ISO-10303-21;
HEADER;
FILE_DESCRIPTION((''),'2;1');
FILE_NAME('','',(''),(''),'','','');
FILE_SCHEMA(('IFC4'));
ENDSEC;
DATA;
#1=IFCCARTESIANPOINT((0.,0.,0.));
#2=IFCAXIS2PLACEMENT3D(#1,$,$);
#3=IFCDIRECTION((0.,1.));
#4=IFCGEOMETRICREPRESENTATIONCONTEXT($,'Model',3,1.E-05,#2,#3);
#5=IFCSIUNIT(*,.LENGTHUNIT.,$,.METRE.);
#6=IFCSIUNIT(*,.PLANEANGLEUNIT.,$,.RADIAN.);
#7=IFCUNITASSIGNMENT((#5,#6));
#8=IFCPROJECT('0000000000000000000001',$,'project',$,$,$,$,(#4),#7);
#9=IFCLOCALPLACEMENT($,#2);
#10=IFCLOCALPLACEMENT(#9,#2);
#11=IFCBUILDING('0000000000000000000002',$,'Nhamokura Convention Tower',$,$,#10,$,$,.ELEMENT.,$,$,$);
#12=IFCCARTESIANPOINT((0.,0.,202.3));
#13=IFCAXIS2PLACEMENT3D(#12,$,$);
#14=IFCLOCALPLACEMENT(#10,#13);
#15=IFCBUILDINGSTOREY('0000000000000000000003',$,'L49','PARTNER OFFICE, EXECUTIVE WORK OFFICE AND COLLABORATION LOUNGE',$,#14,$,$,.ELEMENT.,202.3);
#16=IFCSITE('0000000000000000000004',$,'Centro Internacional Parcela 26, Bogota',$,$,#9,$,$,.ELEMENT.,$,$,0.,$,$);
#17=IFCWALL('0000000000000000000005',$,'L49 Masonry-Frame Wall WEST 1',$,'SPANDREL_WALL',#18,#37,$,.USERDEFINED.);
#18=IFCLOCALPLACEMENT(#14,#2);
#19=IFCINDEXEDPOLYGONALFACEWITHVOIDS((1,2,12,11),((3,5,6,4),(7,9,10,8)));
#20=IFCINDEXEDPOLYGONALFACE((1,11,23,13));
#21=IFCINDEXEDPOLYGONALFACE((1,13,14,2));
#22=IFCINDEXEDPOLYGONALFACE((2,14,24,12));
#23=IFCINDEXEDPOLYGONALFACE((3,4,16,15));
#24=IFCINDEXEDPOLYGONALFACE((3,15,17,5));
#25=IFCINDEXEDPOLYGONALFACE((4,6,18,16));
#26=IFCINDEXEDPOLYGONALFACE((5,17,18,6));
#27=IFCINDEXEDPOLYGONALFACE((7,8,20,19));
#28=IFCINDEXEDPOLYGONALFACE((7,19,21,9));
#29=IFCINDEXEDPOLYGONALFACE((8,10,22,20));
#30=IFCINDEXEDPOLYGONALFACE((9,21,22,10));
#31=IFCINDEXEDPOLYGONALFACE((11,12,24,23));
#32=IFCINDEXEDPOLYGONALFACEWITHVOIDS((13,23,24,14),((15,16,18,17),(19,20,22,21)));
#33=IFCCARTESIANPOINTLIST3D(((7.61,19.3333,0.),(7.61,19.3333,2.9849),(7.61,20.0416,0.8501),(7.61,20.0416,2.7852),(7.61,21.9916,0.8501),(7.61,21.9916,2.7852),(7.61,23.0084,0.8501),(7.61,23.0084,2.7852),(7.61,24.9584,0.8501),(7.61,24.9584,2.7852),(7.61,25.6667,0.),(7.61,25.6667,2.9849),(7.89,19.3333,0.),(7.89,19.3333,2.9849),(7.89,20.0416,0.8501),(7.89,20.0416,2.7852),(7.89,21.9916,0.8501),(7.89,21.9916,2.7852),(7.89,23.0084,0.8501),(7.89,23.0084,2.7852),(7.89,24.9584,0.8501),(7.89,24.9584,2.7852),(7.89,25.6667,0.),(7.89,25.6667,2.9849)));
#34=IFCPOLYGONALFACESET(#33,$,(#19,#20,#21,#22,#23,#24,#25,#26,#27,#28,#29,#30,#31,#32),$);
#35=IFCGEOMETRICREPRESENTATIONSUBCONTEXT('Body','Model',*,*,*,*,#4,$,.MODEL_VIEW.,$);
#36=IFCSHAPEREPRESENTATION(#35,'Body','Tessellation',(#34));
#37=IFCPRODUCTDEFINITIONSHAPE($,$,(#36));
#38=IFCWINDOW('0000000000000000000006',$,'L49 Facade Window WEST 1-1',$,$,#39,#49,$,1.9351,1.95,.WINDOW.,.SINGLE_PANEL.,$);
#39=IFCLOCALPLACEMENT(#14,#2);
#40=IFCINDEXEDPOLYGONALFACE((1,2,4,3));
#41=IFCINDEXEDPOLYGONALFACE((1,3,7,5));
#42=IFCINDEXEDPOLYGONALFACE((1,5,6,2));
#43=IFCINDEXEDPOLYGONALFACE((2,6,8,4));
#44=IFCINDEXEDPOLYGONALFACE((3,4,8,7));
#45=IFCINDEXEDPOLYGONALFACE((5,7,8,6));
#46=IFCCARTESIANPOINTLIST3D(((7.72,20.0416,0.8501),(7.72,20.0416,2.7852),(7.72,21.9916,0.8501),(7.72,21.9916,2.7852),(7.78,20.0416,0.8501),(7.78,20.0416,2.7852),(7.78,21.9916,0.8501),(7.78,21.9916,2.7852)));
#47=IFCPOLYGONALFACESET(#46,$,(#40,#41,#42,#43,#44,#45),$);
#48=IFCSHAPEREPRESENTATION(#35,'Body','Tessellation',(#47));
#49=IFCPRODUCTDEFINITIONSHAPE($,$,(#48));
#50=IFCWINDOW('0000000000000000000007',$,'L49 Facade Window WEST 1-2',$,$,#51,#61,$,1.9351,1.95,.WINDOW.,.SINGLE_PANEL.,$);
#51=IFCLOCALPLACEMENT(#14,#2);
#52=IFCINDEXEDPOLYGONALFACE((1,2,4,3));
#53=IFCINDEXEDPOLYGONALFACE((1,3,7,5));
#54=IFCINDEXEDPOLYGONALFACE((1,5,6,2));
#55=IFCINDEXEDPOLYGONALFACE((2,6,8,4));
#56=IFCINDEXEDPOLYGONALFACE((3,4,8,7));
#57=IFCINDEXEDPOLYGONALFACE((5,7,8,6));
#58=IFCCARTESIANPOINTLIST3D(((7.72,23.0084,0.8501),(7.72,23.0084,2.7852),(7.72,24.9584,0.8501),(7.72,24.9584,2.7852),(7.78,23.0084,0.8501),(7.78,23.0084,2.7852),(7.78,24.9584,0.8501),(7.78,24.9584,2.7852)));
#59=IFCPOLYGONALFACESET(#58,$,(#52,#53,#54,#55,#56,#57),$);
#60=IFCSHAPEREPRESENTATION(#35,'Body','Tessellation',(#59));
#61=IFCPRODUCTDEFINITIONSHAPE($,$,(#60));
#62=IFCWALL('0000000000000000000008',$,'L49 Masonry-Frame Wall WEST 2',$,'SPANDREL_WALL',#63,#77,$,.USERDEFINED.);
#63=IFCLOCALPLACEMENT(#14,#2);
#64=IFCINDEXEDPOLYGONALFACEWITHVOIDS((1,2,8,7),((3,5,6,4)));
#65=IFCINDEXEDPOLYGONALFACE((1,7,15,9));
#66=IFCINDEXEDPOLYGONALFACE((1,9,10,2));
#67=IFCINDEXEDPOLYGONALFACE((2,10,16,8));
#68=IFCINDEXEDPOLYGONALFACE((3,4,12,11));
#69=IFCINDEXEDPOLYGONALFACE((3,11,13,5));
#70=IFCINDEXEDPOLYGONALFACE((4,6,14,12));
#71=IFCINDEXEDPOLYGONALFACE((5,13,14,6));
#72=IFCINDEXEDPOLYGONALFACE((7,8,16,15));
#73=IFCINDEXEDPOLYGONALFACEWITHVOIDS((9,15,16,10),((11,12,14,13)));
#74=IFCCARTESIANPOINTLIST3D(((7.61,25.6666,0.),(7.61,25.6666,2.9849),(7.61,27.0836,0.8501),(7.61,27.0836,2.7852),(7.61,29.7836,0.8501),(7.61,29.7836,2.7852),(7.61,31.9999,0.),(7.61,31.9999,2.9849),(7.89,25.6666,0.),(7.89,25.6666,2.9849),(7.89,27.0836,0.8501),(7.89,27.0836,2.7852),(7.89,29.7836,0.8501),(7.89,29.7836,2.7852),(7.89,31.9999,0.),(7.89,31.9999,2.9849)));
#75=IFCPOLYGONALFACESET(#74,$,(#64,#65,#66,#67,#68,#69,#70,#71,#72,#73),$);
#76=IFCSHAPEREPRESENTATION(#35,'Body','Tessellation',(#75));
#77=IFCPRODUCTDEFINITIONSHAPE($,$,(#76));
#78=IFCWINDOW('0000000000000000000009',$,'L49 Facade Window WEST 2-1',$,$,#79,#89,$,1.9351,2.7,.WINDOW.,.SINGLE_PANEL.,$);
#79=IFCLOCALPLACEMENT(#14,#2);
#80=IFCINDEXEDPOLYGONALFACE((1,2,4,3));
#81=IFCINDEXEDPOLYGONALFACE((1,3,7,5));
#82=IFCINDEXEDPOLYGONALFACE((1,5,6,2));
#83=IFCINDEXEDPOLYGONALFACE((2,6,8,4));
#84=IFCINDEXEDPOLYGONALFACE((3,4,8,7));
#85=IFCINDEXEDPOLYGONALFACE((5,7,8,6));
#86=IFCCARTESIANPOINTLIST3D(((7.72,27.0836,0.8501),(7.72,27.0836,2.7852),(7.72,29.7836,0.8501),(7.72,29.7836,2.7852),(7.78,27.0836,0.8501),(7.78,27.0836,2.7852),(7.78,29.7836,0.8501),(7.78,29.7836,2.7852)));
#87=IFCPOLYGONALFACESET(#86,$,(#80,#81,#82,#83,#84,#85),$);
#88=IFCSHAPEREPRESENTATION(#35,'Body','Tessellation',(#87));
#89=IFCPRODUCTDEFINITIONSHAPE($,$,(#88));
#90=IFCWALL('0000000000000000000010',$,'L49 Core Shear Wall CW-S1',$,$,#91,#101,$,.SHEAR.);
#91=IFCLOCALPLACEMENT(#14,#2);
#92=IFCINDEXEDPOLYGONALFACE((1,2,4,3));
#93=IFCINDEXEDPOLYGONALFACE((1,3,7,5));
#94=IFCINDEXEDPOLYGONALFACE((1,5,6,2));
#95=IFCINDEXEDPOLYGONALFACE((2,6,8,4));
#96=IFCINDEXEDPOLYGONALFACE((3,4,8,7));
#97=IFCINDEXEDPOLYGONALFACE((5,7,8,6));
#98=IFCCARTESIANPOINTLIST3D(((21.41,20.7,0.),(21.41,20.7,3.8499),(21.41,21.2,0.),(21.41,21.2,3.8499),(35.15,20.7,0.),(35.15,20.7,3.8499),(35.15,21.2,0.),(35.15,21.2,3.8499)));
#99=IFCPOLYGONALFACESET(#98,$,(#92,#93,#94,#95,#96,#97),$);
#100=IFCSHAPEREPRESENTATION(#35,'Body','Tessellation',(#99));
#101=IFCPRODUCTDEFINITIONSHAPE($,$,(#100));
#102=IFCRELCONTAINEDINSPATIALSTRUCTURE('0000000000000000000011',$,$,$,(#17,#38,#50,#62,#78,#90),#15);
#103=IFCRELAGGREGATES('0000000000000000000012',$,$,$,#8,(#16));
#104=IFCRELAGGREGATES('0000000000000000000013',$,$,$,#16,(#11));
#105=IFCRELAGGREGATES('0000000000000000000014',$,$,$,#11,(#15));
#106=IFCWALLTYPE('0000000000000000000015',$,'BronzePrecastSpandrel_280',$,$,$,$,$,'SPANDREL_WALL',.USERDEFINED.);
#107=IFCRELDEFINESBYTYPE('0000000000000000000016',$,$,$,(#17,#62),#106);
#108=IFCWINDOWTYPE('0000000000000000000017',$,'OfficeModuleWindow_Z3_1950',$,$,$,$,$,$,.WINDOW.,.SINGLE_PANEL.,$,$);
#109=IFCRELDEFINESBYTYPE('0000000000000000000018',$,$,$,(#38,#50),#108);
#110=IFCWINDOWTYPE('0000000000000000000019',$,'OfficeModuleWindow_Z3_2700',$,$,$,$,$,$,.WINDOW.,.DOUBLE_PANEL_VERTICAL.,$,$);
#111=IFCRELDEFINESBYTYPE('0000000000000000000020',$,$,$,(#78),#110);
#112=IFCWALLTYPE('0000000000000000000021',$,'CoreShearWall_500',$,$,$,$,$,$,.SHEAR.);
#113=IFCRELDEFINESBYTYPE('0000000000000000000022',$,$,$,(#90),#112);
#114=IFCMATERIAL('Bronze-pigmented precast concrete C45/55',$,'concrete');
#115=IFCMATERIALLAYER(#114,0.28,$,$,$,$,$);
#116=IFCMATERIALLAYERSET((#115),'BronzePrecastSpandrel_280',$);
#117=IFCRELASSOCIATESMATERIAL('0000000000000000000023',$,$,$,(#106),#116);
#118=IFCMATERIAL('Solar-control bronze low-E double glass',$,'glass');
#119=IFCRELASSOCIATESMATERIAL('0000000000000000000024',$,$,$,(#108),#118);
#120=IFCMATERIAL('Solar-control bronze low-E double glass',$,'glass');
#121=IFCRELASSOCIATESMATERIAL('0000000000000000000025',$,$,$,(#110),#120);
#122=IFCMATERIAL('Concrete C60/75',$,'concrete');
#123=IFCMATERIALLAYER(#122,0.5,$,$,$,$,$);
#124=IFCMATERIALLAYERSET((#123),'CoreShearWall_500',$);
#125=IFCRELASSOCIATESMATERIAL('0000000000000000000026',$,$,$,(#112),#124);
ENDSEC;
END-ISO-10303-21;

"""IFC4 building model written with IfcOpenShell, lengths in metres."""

from ifc_helpers import new_model, si_unit, direction, frame, frame_2d, origin, place, context, subcontext, project, spatial, rectangle, extrude, material, layer, layer_set, type_object, element, fill, save


model = new_model("IFC4")

# Units and contexts
model_context = context("Model", 3, precision=1e-05, world=origin(), true_north=direction((0.0, 1.0)))
body_context = subcontext(model_context, "Body", "Model", "MODEL_VIEW")
ifc_project = project(units=[si_unit("LENGTHUNIT", "METRE"), si_unit("PLANEANGLEUNIT", "RADIAN")], contexts=[model_context])

# Site, building, storey
site_placement = place(None, origin())
site = spatial("IfcSite", under=ifc_project, at=site_placement, Name="Centro Internacional Parcela 26, Bogota", CompositionType="ELEMENT", RefElevation=0.0)
building_placement = place(site_placement, origin())
building = spatial("IfcBuilding", under=site, at=building_placement, Name="Nhamokura Convention Tower", CompositionType="ELEMENT")
storey_placement = place(building_placement, frame((0.0, 0.0, 202.3)))
storey = spatial("IfcBuildingStorey", under=building, at=storey_placement, Name="L49", Description="PARTNER OFFICE, EXECUTIVE WORK OFFICE AND COLLABORATION LOUNGE", CompositionType="ELEMENT", Elevation=202.3)

# Wall, openings, windows
ifc_material_1 = material(Name="Bronze-pigmented precast concrete C45/55", Category="concrete")
ifc_layer_1 = layer(ifc_material_1, 0.28)
ifc_layer_set_1 = layer_set([ifc_layer_1], Name="BronzePrecastSpandrel_280")
wall_type_1 = type_object("IfcWallType", Name="BronzePrecastSpandrel_280", ElementType="SPANDREL_WALL", PredefinedType="USERDEFINED", material=ifc_layer_set_1)
wall_1_placement = place(storey_placement, frame((7.75, 19.3333, 0.0), z_axis=(0.0, 0.0, 1.0), x_axis=(0.0, 1.0, 0.0)))
wall_1 = element("IfcWall", 1, at=wall_1_placement, inside=storey, type_object=wall_type_1, Name="L49 Masonry-Frame Wall WEST 1", ObjectType="SPANDREL_WALL", PredefinedType="USERDEFINED", context=body_context, shape_type="SweptSolid", body=[
    extrude(rectangle(XDim=6.3335, YDim=0.28, at=frame_2d((3.1667, 0.0))), origin(), (0.0, 0.0, 1.0), 2.9849),
])
opening_1_placement = place(wall_1_placement, frame((0.7083, 0.0, 0.8501)))
opening_1 = element("IfcOpeningElement", 2, at=opening_1_placement, cuts=wall_1, PredefinedType="OPENING", context=body_context, shape_type="SweptSolid", body=[
    extrude(rectangle(XDim=1.95, YDim=1.9351, at=frame_2d((0.9751, 0.9675))), frame((0.0, 0.1499, 0.0), z_axis=(0.0, -1.0, 0.0), x_axis=(1.0, 0.0, 0.0)), (0.0, 0.0, 1.0), 0.3),
])
opening_2_placement = place(wall_1_placement, frame((3.675, 0.0, 0.8501)))
opening_2 = element("IfcOpeningElement", 3, at=opening_2_placement, cuts=wall_1, PredefinedType="OPENING", context=body_context, shape_type="SweptSolid", body=[
    extrude(rectangle(XDim=1.95, YDim=1.9351, at=frame_2d((0.9751, 0.9675))), frame((0.0, 0.1499, 0.0), z_axis=(0.0, -1.0, 0.0), x_axis=(1.0, 0.0, 0.0)), (0.0, 0.0, 1.0), 0.3),
])
ifc_material_2 = material(Name="Solar-control bronze low-E double glass", Category="glass")
window_type_1 = type_object("IfcWindowType", Name="OfficeModuleWindow_Z3_1950", PartitioningType="SINGLE_PANEL", PredefinedType="WINDOW", material=ifc_material_2)
window_1_placement = place(opening_1_placement, origin())
window_1 = element("IfcWindow", 4, at=window_1_placement, inside=storey, type_object=window_type_1, Name="L49 Facade Window WEST 1-1", OverallHeight=1.9351, OverallWidth=1.95, PartitioningType="SINGLE_PANEL", PredefinedType="WINDOW", context=body_context, shape_type="SweptSolid", body=[
    extrude(rectangle(XDim=1.95, YDim=1.9351, at=frame_2d((0.9751, 0.9675))), frame((0.0, 0.03, 0.0), z_axis=(0.0, -1.0, 0.0), x_axis=(1.0, 0.0, 0.0)), (0.0, 0.0, 1.0), 0.0601),
])
fill(opening_1, window_1)
window_2_placement = place(opening_2_placement, origin())
window_2 = element("IfcWindow", 5, at=window_2_placement, inside=storey, type_object=window_type_1, Name="L49 Facade Window WEST 1-2", OverallHeight=1.9351, OverallWidth=1.95, PartitioningType="SINGLE_PANEL", PredefinedType="WINDOW", context=body_context, shape_type="SweptSolid", body=[
    extrude(rectangle(XDim=1.95, YDim=1.9351, at=frame_2d((0.9751, 0.9675))), frame((0.0, 0.03, 0.0), z_axis=(0.0, -1.0, 0.0), x_axis=(1.0, 0.0, 0.0)), (0.0, 0.0, 1.0), 0.0601),
])
fill(opening_2, window_2)

# Wall, opening, window
wall_2_placement = place(storey_placement, frame((7.75, 25.6667, 0.0), z_axis=(0.0, 0.0, 1.0), x_axis=(0.0, 1.0, 0.0)))
wall_2 = element("IfcWall", 6, at=wall_2_placement, inside=storey, type_object=wall_type_1, Name="L49 Masonry-Frame Wall WEST 2", ObjectType="SPANDREL_WALL", PredefinedType="USERDEFINED", context=body_context, shape_type="SweptSolid", body=[
    extrude(rectangle(XDim=6.3333, YDim=0.28, at=frame_2d((3.1665, 0.0))), origin(), (0.0, 0.0, 1.0), 2.9849),
])
opening_3_placement = place(wall_2_placement, frame((1.4167, 0.0, 0.8501)))
opening_3 = element("IfcOpeningElement", 7, at=opening_3_placement, cuts=wall_2, PredefinedType="OPENING", context=body_context, shape_type="SweptSolid", body=[
    extrude(rectangle(XDim=2.7, YDim=1.9351, at=frame_2d((1.3501, 0.9675))), frame((0.0, 0.1499, 0.0), z_axis=(0.0, -1.0, 0.0), x_axis=(1.0, 0.0, 0.0)), (0.0, 0.0, 1.0), 0.3),
])
ifc_material_3 = material(Name="Solar-control bronze low-E double glass", Category="glass")
window_type_2 = type_object("IfcWindowType", Name="OfficeModuleWindow_Z3_2700", PartitioningType="DOUBLE_PANEL_VERTICAL", PredefinedType="WINDOW", material=ifc_material_3)
window_3_placement = place(opening_3_placement, origin())
window_3 = element("IfcWindow", 8, at=window_3_placement, inside=storey, type_object=window_type_2, Name="L49 Facade Window WEST 2-1", OverallHeight=1.9351, OverallWidth=2.7, PartitioningType="SINGLE_PANEL", PredefinedType="WINDOW", context=body_context, shape_type="SweptSolid", body=[
    extrude(rectangle(XDim=2.7, YDim=1.9351, at=frame_2d((1.3501, 0.9675))), frame((0.0, 0.03, 0.0), z_axis=(0.0, -1.0, 0.0), x_axis=(1.0, 0.0, 0.0)), (0.0, 0.0, 1.0), 0.0601),
])
fill(opening_3, window_3)

# Shared definitions
ifc_material_4 = material(Name="Concrete C60/75", Category="concrete")
ifc_layer_2 = layer(ifc_material_4, 0.5)
ifc_layer_set_2 = layer_set([ifc_layer_2], Name="CoreShearWall_500")
wall_type_2 = type_object("IfcWallType", Name="CoreShearWall_500", PredefinedType="SHEAR", material=ifc_layer_set_2)

# Wall
wall_3_placement = place(storey_placement, frame((21.4099, 20.95, 0.0), z_axis=(0.0, 0.0, 1.0), x_axis=(1.0, 0.0, 0.0)))
element("IfcWall", 9, at=wall_3_placement, inside=storey, type_object=wall_type_2, Name="L49 Core Shear Wall CW-S1", PredefinedType="SHEAR", context=body_context, shape_type="SweptSolid", body=[
    extrude(rectangle(XDim=13.74, YDim=0.5, at=frame_2d((6.8701, 0.0))), origin(), (0.0, 0.0, 1.0), 3.8499),
])

save(model, "model.ifc")
